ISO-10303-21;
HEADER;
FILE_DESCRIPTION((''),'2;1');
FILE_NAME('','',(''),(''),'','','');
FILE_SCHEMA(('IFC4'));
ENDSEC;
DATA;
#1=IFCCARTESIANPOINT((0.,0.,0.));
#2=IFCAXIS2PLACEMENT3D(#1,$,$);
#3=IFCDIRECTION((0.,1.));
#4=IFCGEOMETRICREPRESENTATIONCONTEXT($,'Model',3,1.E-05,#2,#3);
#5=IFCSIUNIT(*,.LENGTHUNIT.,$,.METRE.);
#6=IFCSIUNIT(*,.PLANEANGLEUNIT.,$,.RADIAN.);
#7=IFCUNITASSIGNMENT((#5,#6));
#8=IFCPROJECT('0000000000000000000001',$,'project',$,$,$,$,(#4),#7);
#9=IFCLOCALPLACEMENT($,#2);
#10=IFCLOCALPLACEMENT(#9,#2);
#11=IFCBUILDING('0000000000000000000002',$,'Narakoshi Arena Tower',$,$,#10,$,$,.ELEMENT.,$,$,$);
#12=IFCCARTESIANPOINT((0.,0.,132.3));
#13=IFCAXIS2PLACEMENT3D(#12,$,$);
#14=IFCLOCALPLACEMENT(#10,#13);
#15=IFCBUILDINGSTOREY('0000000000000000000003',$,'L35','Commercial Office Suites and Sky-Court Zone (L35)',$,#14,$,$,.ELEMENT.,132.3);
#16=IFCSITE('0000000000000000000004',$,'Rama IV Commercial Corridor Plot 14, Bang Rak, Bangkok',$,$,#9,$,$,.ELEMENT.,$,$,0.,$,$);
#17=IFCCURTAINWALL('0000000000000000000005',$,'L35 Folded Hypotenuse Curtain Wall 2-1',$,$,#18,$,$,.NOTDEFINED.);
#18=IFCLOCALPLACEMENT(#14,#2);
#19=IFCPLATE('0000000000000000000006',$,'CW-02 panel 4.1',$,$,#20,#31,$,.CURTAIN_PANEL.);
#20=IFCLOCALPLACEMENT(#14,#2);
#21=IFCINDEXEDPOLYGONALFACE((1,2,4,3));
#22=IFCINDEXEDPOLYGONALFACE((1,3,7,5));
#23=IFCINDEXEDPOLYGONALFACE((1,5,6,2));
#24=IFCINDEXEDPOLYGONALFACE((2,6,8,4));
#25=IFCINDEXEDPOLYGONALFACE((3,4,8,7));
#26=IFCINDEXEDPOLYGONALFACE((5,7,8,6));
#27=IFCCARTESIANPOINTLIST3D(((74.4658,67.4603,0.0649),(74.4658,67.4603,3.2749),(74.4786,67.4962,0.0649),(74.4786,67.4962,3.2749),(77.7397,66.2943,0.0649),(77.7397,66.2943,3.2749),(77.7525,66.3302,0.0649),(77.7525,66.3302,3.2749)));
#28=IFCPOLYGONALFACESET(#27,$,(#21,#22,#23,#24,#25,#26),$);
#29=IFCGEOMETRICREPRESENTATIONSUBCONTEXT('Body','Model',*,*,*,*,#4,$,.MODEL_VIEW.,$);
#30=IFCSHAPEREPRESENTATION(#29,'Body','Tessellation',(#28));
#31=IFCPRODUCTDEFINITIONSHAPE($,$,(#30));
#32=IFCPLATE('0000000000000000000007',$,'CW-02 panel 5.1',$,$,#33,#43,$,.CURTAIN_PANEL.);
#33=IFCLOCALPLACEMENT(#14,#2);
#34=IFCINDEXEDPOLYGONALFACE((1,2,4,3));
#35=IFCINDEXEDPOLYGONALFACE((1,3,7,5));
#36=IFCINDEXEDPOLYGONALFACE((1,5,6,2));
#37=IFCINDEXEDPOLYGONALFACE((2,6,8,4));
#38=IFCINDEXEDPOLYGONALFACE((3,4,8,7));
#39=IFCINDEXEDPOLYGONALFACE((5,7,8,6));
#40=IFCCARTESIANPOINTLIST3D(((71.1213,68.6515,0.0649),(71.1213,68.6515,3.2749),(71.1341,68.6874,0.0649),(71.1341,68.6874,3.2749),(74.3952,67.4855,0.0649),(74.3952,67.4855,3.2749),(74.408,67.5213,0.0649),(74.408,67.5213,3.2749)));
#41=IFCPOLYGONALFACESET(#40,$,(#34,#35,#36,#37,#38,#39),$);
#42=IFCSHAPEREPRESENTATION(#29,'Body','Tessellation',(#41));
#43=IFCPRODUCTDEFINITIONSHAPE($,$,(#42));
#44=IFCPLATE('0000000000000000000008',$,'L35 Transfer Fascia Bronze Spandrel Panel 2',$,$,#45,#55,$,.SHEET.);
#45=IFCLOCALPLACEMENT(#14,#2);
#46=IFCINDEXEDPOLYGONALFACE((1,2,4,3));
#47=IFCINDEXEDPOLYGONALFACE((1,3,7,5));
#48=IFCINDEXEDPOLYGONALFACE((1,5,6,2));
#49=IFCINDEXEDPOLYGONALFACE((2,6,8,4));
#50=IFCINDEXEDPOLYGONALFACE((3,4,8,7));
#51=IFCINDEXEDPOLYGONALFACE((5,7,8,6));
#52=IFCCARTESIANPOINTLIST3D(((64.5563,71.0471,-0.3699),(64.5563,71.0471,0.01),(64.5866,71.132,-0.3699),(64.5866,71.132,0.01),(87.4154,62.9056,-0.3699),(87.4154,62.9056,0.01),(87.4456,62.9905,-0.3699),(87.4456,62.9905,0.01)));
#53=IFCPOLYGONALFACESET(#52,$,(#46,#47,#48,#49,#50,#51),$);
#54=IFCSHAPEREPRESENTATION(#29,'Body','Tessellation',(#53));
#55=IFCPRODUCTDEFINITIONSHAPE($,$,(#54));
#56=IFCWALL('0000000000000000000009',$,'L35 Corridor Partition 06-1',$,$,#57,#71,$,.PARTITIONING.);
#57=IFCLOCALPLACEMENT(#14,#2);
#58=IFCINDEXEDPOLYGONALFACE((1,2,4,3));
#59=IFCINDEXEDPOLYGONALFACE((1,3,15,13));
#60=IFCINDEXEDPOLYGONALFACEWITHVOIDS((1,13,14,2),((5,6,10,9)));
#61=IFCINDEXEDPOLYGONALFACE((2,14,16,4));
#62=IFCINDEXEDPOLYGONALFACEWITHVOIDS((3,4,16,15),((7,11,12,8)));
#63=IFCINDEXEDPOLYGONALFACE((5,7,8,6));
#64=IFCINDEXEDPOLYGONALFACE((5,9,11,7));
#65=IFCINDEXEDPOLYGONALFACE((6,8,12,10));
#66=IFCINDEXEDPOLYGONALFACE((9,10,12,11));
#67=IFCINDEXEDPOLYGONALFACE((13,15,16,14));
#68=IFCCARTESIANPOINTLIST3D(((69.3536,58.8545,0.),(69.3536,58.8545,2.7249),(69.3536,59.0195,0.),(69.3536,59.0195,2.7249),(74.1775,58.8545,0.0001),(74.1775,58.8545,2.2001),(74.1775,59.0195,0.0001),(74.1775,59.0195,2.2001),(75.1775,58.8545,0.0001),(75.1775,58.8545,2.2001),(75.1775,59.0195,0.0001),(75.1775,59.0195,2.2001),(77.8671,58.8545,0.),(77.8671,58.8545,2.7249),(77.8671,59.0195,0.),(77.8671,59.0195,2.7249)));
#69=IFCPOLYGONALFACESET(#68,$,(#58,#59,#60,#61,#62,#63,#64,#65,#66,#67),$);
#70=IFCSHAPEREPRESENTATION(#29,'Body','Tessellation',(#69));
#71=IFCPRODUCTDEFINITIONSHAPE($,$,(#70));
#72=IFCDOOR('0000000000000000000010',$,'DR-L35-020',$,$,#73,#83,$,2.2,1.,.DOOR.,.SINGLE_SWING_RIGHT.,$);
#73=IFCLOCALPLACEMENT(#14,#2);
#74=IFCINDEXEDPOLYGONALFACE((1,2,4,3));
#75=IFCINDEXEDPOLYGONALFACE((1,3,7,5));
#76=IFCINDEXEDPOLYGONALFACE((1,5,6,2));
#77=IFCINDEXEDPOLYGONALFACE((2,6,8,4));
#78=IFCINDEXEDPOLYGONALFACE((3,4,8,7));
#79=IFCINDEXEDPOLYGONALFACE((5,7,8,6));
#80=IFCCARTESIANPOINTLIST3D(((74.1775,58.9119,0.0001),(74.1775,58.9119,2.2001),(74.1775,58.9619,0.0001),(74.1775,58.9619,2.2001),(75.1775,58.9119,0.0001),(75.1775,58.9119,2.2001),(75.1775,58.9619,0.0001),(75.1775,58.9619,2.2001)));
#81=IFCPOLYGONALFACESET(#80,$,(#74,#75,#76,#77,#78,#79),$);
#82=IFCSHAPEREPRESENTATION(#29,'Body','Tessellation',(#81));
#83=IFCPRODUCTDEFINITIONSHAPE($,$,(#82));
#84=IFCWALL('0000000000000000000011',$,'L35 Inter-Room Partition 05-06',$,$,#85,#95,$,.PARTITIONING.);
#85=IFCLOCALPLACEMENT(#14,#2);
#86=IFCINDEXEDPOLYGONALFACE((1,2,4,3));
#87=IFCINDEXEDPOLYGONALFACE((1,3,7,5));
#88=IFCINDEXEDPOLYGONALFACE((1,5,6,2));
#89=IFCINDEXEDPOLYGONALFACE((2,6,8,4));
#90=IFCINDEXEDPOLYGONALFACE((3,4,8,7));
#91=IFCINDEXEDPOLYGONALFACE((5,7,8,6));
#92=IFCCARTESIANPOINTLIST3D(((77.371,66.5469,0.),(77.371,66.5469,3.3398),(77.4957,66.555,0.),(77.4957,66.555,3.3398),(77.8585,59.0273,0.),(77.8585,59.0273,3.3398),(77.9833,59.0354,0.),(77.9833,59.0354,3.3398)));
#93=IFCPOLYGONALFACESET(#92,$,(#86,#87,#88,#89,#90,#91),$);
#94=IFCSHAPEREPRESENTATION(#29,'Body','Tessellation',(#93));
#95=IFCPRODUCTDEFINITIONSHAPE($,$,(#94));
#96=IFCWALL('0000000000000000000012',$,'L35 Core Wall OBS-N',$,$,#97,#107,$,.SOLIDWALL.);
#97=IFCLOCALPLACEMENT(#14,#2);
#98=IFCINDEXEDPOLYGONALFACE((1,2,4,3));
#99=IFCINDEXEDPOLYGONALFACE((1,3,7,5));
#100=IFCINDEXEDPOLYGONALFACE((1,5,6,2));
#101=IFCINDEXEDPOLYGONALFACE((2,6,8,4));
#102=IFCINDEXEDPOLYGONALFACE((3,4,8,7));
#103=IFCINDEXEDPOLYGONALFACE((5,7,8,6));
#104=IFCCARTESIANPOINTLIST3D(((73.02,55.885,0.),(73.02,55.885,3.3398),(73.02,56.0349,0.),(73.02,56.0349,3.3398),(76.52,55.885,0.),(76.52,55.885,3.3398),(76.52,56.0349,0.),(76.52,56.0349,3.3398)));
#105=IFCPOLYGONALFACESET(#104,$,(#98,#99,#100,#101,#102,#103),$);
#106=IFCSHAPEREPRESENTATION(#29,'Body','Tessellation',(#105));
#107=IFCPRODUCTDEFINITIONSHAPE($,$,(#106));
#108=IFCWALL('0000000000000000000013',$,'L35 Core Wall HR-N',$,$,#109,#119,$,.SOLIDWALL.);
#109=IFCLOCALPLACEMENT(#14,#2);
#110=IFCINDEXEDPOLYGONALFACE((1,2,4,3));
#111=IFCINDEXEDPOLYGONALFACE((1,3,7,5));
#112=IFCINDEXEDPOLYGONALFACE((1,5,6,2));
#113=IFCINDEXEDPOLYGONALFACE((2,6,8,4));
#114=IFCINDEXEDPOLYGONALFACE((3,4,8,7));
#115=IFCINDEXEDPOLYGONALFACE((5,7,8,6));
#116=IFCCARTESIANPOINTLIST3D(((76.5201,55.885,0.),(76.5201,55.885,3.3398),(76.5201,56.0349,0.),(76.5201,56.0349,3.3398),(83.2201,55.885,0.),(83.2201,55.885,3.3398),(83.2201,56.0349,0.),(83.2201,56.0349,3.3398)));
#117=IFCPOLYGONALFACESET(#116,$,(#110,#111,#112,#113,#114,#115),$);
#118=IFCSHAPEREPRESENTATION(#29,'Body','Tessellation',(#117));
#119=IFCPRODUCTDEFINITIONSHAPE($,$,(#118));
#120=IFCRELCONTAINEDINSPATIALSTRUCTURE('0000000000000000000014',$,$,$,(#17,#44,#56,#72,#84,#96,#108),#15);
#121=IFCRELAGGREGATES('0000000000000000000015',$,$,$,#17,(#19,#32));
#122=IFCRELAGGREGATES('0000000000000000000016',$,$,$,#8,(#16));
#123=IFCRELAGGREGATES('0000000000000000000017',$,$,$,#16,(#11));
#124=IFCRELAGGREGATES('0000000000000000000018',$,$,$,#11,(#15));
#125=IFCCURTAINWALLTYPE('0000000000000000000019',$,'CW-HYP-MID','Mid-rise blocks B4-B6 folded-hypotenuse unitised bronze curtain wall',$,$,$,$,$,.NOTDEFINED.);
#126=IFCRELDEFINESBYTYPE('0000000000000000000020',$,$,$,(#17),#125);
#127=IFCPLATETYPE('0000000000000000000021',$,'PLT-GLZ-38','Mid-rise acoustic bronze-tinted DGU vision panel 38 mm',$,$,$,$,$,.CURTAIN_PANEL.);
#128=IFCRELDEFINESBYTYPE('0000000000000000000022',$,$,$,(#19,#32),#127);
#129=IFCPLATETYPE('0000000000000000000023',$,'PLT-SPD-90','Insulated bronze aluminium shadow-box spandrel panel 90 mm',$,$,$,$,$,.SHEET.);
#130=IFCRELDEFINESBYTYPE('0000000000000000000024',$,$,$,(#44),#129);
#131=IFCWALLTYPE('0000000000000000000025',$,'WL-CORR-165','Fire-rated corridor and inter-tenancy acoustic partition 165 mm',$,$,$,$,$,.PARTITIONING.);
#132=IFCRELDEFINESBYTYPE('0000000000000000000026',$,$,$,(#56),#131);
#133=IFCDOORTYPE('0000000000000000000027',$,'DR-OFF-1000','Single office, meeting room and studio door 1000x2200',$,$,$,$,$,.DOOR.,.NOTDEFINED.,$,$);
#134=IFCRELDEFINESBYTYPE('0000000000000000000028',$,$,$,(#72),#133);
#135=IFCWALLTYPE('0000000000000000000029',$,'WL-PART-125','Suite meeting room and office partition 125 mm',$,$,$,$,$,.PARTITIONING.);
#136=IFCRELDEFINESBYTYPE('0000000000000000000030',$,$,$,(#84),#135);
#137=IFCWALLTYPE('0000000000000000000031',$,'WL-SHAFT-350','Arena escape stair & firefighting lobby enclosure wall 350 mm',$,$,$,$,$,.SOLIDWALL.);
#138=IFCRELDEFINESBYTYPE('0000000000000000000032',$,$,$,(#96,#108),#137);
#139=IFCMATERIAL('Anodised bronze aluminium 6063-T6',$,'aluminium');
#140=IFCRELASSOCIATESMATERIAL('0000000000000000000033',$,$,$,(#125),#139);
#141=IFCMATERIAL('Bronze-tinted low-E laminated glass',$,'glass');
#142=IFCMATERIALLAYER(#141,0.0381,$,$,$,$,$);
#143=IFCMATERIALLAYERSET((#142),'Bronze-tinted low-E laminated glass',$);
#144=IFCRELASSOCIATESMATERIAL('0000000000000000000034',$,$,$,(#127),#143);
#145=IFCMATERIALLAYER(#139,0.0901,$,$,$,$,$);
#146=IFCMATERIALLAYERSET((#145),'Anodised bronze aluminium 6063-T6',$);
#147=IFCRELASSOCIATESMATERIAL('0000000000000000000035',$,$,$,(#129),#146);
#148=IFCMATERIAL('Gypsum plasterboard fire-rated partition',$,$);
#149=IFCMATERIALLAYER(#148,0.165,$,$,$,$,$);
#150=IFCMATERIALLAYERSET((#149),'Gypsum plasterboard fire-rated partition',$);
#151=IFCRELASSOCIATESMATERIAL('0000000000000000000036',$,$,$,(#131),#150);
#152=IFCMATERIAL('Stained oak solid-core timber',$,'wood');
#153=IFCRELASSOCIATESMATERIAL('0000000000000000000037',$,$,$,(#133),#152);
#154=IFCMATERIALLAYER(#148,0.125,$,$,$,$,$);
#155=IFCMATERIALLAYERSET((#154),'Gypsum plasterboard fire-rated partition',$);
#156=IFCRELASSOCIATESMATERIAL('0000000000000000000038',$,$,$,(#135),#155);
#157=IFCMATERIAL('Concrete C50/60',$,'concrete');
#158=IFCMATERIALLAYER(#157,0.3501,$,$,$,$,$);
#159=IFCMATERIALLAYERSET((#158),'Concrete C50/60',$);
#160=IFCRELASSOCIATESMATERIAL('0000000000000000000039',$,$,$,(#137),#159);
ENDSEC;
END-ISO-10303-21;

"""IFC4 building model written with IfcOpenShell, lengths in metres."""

from ifc_helpers import new_model, si_unit, direction, frame, frame_2d, origin, origin_2d, place, context, subcontext, project, spatial, rectangle, extrude, material, layer, layer_set, type_object, element, fill, aggregate, save


model = new_model("IFC4")

# Units and contexts
model_context = context("Model", 3, precision=1e-05, world=origin(), true_north=direction((0.0, 1.0)))
body_context = subcontext(model_context, "Body", "Model", "MODEL_VIEW")
ifc_project = project(units=[si_unit("LENGTHUNIT", "METRE"), si_unit("PLANEANGLEUNIT", "RADIAN")], contexts=[model_context])

# Site, building, storey
site_placement = place(None, origin())
site = spatial("IfcSite", under=ifc_project, at=site_placement, Name="Rama IV Commercial Corridor Plot 14, Bang Rak, Bangkok", CompositionType="ELEMENT", RefElevation=0.0)
building_placement = place(site_placement, origin())
building = spatial("IfcBuilding", under=site, at=building_placement, Name="Narakoshi Arena Tower", CompositionType="ELEMENT")
storey_placement = place(building_placement, frame((0.0, 0.0, 132.3)))
storey = spatial("IfcBuildingStorey", under=building, at=storey_placement, Name="L35", Description="Commercial Office Suites and Sky-Court Zone (L35)", CompositionType="ELEMENT", Elevation=132.3)

# Curtain wall, plates
ifc_material_1 = material(Name="Anodised bronze aluminium 6063-T6", Category="aluminium")
curtain_wall_type = type_object("IfcCurtainWallType", Name="CW-HYP-MID", Description="Mid-rise blocks B4-B6 folded-hypotenuse unitised bronze curtain wall", PredefinedType="NOTDEFINED", material=ifc_material_1)
curtain_wall_placement = place(storey_placement, origin())
curtain_wall = element("IfcCurtainWall", 1, at=curtain_wall_placement, inside=storey, type_object=curtain_wall_type, Name="L35 Folded Hypotenuse Curtain Wall 2-1", PredefinedType="NOTDEFINED")
ifc_material_2 = material(Name="Bronze-tinted low-E laminated glass", Category="glass")
ifc_layer_1 = layer(ifc_material_2, 0.0381)
ifc_layer_set_1 = layer_set([ifc_layer_1], Name="Bronze-tinted low-E laminated glass")
plate_type_1 = type_object("IfcPlateType", Name="PLT-GLZ-38", Description="Mid-rise acoustic bronze-tinted DGU vision panel 38 mm", PredefinedType="CURTAIN_PANEL", material=ifc_layer_set_1)
plate_1_placement = place(storey_placement, frame((76.1091, 66.8953, 0.0649), z_axis=(0.0, 0.0, 1.0), x_axis=(-0.942034, 0.335518, 0.0)))
plate_1 = element("IfcPlate", 2, at=plate_1_placement, type_object=plate_type_1, Name="CW-02 panel 4.1", PredefinedType="CURTAIN_PANEL", context=body_context, shape_type="SweptSolid", body=[
    extrude(rectangle(XDim=3.4753, YDim=0.0381, at=origin_2d()), origin(), (0.0, 0.0, 1.0), 3.21),
])
plate_2_placement = place(storey_placement, frame((72.7646, 68.0864, 0.0649), z_axis=(0.0, 0.0, 1.0), x_axis=(-0.942034, 0.335518, 0.0)))
plate_2 = element("IfcPlate", 3, at=plate_2_placement, type_object=plate_type_1, Name="CW-02 panel 5.1", PredefinedType="CURTAIN_PANEL", context=body_context, shape_type="SweptSolid", body=[
    extrude(rectangle(XDim=3.4753, YDim=0.0381, at=origin_2d()), origin(), (0.0, 0.0, 1.0), 3.21),
])
aggregate(curtain_wall, [plate_1, plate_2])

# Plate
ifc_layer_2 = layer(ifc_material_1, 0.0901)
ifc_layer_set_2 = layer_set([ifc_layer_2], Name="Anodised bronze aluminium 6063-T6")
plate_type_2 = type_object("IfcPlateType", Name="PLT-SPD-90", Description="Insulated bronze aluminium shadow-box spandrel panel 90 mm", PredefinedType="SHEET", material=ifc_layer_set_2)
plate_3_placement = place(storey_placement, frame((76.001, 67.0188, -0.3699), z_axis=(0.0, 0.0, 1.0), x_axis=(-0.942034, 0.335517, 0.0)))
element("IfcPlate", 4, at=plate_3_placement, inside=storey, type_object=plate_type_2, Name="L35 Transfer Fascia Bronze Spandrel Panel 2", PredefinedType="SHEET", context=body_context, shape_type="SweptSolid", body=[
    extrude(rectangle(XDim=24.2656, YDim=0.0901, at=origin_2d()), origin(), (0.0, 0.0, 1.0), 0.3799),
])

# Wall, opening, door
ifc_material_3 = material(Name="Gypsum plasterboard fire-rated partition")
ifc_layer_3 = layer(ifc_material_3, 0.165)
ifc_layer_set_3 = layer_set([ifc_layer_3], Name="Gypsum plasterboard fire-rated partition")
wall_type_1 = type_object("IfcWallType", Name="WL-CORR-165", Description="Fire-rated corridor and inter-tenancy acoustic partition 165 mm", PredefinedType="PARTITIONING", material=ifc_layer_set_3)
wall_1_placement = place(storey_placement, frame((77.8672, 58.937, 0.0), z_axis=(0.0, 0.0, 1.0), x_axis=(-1.0, 0.0, 0.0)))
wall_1 = element("IfcWall", 5, at=wall_1_placement, inside=storey, type_object=wall_type_1, Name="L35 Corridor Partition 06-1", PredefinedType="PARTITIONING", context=body_context, shape_type="SweptSolid", body=[
    extrude(rectangle(XDim=8.5134, YDim=0.165, at=frame_2d((4.2568, 0.0))), origin(), (0.0, 0.0, 1.0), 2.7249),
])
opening_placement = place(wall_1_placement, frame((2.6897, 0.0, 0.0)))
opening = element("IfcOpeningElement", 6, at=opening_placement, cuts=wall_1, PredefinedType="OPENING", context=body_context, shape_type="SweptSolid", body=[
    extrude(rectangle(XDim=1.0, YDim=2.2, at=frame_2d((0.5, 1.1001))), frame((0.0, 0.0925, 0.0), z_axis=(0.0, -1.0, 0.0), x_axis=(1.0, 0.0, 0.0)), (0.0, 0.0, 1.0), 0.1851),
])
ifc_material_4 = material(Name="Stained oak solid-core timber", Category="wood")
door_type = type_object("IfcDoorType", Name="DR-OFF-1000", Description="Single office, meeting room and studio door 1000x2200", OperationType="NOTDEFINED", PredefinedType="DOOR", material=ifc_material_4)
door_placement = place(opening_placement, frame((1.0, 0.0, 0.0), z_axis=(0.0, 0.0, 1.0), x_axis=(-1.0, 0.0, 0.0)))
door = element("IfcDoor", 7, at=door_placement, inside=storey, type_object=door_type, Name="DR-L35-020", OperationType="SINGLE_SWING_RIGHT", OverallHeight=2.2, OverallWidth=1.0, PredefinedType="DOOR", context=body_context, shape_type="SweptSolid", body=[
    extrude(rectangle(XDim=1.0, YDim=2.2, at=frame_2d((0.5, 1.1001))), frame((0.0, 0.0249, 0.0), z_axis=(0.0, -1.0, 0.0), x_axis=(1.0, 0.0, 0.0)), (0.0, 0.0, 1.0), 0.05),
])
fill(opening, door)

# Walls
ifc_layer_4 = layer(ifc_material_3, 0.125)
ifc_layer_set_4 = layer_set([ifc_layer_4], Name="Gypsum plasterboard fire-rated partition")
wall_type_2 = type_object("IfcWallType", Name="WL-PART-125", Description="Suite meeting room and office partition 125 mm", PredefinedType="PARTITIONING", material=ifc_layer_set_4)
wall_2_placement = place(storey_placement, frame((77.9209, 59.0315, 0.0), z_axis=(0.0, 0.0, 1.0), x_axis=(-0.064702, 0.997905, 0.0)))
element("IfcWall", 8, at=wall_2_placement, inside=storey, type_object=wall_type_2, Name="L35 Inter-Room Partition 05-06", PredefinedType="PARTITIONING", context=body_context, shape_type="SweptSolid", body=[
    extrude(rectangle(XDim=7.5354, YDim=0.125, at=frame_2d((3.7676, 0.0))), origin(), (0.0, 0.0, 1.0), 3.3398),
])
ifc_material_5 = material(Name="Concrete C50/60", Category="concrete")
ifc_layer_5 = layer(ifc_material_5, 0.3501)
ifc_layer_set_5 = layer_set([ifc_layer_5], Name="Concrete C50/60")
wall_type_3 = type_object("IfcWallType", Name="WL-SHAFT-350", Description="Arena escape stair & firefighting lobby enclosure wall 350 mm", PredefinedType="SOLIDWALL", material=ifc_layer_set_5)
wall_3_placement = place(storey_placement, frame((73.02, 55.96, 0.0), z_axis=(0.0, 0.0, 1.0), x_axis=(1.0, 0.0, 0.0)))
element("IfcWall", 9, at=wall_3_placement, inside=storey, type_object=wall_type_3, Name="L35 Core Wall OBS-N", PredefinedType="SOLIDWALL", context=body_context, shape_type="SweptSolid", body=[
    extrude(rectangle(XDim=3.5, YDim=0.1499, at=frame_2d((1.75, 0.0))), origin(), (0.0, 0.0, 1.0), 3.3398),
])
wall_4_placement = place(storey_placement, frame((76.52, 55.96, 0.0), z_axis=(0.0, 0.0, 1.0), x_axis=(1.0, 0.0, 0.0)))
element("IfcWall", 10, at=wall_4_placement, inside=storey, type_object=wall_type_3, Name="L35 Core Wall HR-N", PredefinedType="SOLIDWALL", context=body_context, shape_type="SweptSolid", body=[
    extrude(rectangle(XDim=6.7, YDim=0.1499, at=frame_2d((3.3501, 0.0))), origin(), (0.0, 0.0, 1.0), 3.3398),
])

save(model, "model.ifc")
